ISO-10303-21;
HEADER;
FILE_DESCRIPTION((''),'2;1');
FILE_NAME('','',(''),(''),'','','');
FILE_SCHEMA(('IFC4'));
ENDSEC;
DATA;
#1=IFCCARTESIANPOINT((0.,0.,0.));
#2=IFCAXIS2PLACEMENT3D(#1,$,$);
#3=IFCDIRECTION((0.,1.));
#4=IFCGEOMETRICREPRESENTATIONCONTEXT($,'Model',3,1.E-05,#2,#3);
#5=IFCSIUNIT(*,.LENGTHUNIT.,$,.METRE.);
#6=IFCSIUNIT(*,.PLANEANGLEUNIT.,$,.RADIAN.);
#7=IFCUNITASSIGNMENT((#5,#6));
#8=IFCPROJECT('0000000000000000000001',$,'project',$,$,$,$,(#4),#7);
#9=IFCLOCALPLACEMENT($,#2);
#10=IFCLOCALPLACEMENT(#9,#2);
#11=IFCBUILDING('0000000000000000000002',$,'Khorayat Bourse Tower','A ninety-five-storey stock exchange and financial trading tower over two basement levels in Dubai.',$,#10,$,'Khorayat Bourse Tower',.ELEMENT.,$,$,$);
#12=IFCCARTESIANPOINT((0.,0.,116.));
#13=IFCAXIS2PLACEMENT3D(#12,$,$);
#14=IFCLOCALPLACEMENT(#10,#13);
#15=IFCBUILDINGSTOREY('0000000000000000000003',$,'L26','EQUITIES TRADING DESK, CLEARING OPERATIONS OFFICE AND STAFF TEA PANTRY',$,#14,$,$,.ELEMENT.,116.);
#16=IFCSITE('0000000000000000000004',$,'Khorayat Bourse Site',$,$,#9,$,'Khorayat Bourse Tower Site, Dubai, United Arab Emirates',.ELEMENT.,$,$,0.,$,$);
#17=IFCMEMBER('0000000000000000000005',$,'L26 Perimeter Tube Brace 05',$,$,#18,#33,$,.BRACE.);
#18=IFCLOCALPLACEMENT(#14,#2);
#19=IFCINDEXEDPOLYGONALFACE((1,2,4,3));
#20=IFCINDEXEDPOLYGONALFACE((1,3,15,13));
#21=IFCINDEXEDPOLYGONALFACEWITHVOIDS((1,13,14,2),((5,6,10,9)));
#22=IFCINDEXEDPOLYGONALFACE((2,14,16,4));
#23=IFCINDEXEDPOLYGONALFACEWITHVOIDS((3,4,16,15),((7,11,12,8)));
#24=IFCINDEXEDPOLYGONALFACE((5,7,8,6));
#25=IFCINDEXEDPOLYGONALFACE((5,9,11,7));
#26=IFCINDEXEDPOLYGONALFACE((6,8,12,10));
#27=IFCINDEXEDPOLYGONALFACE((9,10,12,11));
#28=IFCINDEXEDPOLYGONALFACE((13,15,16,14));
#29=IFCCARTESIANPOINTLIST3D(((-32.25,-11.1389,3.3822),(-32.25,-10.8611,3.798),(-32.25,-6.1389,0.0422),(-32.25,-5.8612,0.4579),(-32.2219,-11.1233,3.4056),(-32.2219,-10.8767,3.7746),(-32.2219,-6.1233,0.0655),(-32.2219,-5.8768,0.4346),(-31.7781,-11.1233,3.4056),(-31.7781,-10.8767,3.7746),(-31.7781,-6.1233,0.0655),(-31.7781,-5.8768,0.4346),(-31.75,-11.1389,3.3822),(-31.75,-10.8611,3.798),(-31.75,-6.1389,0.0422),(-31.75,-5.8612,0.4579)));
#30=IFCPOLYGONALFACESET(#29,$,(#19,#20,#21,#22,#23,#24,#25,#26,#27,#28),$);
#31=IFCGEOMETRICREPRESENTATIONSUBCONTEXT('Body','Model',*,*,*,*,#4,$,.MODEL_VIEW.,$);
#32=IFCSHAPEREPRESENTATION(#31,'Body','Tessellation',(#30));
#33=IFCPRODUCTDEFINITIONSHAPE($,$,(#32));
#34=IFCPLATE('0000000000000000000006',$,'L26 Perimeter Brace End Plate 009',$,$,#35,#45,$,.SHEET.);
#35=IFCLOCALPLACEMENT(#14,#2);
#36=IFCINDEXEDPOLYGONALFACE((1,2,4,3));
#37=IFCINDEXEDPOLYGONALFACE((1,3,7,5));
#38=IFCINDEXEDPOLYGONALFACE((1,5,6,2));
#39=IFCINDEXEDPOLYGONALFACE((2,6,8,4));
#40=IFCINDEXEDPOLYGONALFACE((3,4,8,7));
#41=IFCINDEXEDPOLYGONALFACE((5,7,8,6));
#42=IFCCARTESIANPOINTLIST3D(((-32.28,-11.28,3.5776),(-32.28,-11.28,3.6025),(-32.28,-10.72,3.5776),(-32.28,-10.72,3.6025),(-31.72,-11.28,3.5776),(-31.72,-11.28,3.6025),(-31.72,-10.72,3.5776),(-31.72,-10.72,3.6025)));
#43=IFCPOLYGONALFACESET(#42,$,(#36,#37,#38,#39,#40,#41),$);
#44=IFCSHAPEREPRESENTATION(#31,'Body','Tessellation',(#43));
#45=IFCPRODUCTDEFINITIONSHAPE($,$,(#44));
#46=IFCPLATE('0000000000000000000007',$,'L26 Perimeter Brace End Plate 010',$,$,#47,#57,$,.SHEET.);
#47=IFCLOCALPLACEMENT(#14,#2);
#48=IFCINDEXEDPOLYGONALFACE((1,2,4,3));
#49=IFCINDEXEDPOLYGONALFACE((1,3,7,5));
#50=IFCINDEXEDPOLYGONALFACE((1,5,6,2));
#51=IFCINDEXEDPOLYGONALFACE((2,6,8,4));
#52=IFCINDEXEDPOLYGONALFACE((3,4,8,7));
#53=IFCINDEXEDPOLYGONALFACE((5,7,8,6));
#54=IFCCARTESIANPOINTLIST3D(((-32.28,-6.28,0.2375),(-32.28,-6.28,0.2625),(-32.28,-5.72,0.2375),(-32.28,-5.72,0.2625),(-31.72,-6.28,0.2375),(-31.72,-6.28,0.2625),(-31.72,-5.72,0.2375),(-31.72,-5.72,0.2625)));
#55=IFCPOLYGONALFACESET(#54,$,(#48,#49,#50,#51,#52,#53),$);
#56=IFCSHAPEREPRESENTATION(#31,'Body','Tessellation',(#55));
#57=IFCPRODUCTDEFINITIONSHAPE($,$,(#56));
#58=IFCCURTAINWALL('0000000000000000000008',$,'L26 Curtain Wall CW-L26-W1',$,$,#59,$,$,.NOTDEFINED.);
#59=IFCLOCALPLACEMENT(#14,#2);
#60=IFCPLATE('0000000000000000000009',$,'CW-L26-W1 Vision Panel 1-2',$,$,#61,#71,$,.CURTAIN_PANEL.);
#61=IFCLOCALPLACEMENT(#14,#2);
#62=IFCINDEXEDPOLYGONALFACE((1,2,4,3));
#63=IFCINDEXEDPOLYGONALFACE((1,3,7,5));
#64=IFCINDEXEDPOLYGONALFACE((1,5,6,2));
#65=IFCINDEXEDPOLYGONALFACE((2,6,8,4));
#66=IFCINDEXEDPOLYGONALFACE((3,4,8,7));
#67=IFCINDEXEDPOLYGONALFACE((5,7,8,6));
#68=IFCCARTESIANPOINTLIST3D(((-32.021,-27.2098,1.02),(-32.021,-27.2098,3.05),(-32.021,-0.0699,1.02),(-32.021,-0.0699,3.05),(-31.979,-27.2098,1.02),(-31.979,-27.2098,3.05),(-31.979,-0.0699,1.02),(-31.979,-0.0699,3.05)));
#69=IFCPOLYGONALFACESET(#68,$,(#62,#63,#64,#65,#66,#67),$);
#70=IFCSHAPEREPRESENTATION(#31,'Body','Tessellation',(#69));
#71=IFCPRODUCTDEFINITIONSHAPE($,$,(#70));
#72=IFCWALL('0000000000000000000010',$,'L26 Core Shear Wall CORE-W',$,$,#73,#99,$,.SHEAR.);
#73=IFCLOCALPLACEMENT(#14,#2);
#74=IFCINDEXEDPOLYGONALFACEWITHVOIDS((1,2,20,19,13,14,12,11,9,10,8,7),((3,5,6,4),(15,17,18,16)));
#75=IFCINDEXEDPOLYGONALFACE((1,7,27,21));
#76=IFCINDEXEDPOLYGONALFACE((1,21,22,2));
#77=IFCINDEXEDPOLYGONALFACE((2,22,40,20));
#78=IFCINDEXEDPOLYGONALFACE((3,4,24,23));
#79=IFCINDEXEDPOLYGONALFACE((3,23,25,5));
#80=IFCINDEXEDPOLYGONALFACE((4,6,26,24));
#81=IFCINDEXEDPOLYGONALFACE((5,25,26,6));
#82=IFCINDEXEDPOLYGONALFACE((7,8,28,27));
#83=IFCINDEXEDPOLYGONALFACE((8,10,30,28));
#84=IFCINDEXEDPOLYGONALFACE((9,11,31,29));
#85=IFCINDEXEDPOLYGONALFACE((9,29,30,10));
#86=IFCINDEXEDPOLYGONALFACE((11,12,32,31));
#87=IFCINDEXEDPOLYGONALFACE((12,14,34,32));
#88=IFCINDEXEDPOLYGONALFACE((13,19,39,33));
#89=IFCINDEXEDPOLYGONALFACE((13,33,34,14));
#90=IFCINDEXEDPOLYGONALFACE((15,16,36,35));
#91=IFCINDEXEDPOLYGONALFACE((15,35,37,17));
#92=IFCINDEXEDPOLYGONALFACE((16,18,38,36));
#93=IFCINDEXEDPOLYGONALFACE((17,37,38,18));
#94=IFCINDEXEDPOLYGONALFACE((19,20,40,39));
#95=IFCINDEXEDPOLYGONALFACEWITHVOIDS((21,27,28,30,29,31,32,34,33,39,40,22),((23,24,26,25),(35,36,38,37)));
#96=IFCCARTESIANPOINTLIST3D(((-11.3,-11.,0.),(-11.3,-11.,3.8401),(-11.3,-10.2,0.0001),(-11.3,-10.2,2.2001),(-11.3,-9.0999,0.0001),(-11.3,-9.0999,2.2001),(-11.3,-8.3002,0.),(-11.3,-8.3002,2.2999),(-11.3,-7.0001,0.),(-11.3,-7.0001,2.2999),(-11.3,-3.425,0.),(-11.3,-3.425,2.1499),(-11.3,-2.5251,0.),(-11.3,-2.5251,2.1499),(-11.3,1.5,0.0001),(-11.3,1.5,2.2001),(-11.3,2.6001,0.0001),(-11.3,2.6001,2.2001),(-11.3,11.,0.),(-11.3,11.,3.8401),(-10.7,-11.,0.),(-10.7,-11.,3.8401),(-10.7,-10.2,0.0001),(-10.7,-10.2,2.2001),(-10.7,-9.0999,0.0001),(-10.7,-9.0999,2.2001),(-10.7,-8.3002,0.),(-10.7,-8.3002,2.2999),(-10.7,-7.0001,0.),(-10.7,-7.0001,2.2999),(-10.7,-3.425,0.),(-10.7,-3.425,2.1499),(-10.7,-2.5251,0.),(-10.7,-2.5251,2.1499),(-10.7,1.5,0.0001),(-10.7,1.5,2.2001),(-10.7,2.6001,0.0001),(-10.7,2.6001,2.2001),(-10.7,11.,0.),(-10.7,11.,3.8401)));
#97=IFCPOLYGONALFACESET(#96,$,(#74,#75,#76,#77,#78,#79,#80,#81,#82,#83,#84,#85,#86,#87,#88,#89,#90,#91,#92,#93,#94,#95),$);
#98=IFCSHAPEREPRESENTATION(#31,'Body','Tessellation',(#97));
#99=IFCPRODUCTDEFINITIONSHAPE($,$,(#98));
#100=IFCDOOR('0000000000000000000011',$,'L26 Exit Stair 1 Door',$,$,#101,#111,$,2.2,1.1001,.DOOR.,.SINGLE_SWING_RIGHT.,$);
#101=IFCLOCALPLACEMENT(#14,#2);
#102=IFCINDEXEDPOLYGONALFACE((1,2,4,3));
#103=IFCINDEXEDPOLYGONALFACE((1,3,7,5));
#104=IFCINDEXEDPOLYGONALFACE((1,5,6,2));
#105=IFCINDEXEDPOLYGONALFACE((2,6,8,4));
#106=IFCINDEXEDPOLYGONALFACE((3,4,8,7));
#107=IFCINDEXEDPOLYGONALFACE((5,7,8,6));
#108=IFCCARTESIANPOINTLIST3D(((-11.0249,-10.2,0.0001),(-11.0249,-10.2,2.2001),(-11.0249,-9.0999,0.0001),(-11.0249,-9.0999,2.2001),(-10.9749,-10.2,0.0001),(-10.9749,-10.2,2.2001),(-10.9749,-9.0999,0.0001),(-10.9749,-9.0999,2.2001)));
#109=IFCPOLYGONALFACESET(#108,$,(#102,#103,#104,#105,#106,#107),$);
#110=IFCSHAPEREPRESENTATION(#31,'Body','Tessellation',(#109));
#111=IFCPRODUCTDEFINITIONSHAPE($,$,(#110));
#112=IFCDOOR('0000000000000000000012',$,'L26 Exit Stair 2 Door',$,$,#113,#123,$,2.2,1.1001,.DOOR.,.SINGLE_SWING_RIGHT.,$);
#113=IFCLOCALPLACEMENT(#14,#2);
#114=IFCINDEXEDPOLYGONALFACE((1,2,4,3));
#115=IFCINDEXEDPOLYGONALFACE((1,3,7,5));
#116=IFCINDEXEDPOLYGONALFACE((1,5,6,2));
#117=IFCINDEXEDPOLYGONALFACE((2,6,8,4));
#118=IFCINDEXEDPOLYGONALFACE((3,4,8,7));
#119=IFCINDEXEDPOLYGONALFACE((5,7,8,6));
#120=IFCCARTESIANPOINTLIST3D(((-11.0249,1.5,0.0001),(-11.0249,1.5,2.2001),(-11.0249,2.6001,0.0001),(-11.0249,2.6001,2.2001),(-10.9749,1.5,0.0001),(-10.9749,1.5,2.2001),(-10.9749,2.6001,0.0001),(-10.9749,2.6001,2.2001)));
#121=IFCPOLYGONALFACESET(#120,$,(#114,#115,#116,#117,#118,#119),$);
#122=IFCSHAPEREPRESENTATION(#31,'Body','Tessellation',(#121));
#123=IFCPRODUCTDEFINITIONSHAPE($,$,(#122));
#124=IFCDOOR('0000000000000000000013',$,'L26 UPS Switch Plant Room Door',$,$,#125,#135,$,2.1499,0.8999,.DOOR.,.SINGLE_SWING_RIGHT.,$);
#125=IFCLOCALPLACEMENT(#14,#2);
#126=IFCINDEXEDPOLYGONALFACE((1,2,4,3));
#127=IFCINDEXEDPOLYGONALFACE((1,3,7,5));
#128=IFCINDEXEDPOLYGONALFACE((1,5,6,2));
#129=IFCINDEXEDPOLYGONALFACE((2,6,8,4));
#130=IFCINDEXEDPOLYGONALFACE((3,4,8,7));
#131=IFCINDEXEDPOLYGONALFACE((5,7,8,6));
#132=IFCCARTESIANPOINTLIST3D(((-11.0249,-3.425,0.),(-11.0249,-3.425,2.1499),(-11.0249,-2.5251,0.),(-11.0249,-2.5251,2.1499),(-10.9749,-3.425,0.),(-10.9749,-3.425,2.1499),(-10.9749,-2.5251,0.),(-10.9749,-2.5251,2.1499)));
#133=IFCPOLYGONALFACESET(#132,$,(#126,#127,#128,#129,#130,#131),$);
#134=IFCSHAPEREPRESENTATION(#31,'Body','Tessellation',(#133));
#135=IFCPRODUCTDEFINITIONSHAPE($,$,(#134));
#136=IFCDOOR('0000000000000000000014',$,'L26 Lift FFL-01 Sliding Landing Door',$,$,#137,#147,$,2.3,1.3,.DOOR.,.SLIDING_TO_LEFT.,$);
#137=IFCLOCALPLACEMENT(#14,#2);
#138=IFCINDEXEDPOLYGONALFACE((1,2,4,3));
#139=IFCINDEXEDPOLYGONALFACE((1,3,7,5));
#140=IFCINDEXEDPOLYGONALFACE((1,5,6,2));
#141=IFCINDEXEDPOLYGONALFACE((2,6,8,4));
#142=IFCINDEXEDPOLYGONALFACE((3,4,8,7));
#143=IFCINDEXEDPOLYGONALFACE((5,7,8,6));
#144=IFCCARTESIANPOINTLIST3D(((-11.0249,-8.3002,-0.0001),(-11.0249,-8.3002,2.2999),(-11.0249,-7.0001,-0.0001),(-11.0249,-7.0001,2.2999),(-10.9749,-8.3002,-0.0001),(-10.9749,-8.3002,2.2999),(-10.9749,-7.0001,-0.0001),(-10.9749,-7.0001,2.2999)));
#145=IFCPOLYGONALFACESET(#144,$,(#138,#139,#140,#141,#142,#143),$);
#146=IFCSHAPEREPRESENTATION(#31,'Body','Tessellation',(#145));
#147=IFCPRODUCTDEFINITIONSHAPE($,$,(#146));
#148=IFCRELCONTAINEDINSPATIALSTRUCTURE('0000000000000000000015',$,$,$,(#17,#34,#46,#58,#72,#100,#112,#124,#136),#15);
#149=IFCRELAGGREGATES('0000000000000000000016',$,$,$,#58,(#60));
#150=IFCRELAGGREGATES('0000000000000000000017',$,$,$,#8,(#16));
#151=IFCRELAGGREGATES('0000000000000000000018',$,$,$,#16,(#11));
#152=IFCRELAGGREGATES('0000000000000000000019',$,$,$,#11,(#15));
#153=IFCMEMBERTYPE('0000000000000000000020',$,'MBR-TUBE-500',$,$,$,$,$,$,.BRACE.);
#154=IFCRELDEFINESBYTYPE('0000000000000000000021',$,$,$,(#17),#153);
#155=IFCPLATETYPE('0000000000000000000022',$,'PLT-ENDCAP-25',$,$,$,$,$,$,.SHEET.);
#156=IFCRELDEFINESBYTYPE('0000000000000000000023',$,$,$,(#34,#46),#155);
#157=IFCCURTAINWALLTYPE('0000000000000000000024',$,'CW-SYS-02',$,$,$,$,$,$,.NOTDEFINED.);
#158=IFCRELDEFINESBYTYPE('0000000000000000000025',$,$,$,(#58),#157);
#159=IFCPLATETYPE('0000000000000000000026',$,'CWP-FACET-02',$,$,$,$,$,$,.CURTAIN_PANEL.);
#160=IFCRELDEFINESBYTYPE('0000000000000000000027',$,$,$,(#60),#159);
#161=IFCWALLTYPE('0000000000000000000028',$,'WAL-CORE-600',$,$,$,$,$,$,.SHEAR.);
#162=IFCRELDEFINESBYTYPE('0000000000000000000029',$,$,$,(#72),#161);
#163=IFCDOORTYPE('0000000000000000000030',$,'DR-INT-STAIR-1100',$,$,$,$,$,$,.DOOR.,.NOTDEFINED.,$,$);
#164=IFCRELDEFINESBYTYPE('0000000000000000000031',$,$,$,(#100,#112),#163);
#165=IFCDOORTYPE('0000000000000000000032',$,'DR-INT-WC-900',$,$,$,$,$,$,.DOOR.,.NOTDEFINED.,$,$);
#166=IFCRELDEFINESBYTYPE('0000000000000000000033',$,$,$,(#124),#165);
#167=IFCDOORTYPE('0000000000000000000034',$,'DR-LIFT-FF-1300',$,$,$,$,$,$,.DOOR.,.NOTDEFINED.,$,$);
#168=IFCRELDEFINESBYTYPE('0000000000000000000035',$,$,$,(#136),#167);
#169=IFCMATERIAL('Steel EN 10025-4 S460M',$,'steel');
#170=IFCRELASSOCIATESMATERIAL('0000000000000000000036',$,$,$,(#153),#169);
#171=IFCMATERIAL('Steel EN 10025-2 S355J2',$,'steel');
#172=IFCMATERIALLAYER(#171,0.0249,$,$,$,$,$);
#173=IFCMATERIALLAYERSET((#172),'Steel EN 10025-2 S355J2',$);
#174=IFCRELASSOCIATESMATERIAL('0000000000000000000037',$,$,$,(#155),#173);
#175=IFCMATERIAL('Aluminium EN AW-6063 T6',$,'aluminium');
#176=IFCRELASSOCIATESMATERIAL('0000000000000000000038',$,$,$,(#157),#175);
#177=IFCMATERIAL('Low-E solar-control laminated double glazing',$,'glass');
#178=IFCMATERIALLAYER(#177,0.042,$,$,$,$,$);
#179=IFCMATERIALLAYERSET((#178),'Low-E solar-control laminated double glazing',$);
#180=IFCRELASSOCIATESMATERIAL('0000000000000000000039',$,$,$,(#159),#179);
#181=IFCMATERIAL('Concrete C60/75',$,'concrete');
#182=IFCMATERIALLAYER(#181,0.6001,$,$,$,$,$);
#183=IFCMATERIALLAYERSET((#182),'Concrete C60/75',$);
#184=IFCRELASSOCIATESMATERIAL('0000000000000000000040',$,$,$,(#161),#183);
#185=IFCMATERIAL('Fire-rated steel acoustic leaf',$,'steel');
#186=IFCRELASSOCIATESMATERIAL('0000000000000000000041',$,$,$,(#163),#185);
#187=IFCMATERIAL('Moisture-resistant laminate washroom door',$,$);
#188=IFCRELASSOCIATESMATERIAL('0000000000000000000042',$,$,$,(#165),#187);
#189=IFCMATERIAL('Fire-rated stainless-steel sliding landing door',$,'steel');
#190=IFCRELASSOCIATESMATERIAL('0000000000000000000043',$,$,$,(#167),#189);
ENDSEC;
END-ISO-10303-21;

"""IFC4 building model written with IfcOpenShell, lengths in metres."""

from ifc_helpers import new_model, si_unit, direction, frame, frame_2d, origin, origin_2d, place, context, subcontext, project, spatial, rectangle, hollow_rectangle, extrude, source, transform, mapped, material, layer, layer_set, material_profile, profile_set, type_object, element, fill, aggregate, save


model = new_model("IFC4")

# Units and contexts
model_context = context("Model", 3, precision=1e-05, world=origin(), true_north=direction((0.0, 1.0)))
body_context = subcontext(model_context, "Body", "Model", "MODEL_VIEW")
ifc_project = project(units=[si_unit("LENGTHUNIT", "METRE"), si_unit("PLANEANGLEUNIT", "RADIAN")], contexts=[model_context])

# Site, building, storey
site_placement = place(None, origin())
site = spatial("IfcSite", under=ifc_project, at=site_placement, Name="Khorayat Bourse Site", LongName="Khorayat Bourse Tower Site, Dubai, United Arab Emirates", CompositionType="ELEMENT", RefElevation=0.0)
building_placement = place(site_placement, origin())
building = spatial("IfcBuilding", under=site, at=building_placement, Name="Khorayat Bourse Tower", Description="A ninety-five-storey stock exchange and financial trading tower over two basement levels in Dubai.", LongName="Khorayat Bourse Tower", CompositionType="ELEMENT")
storey_placement = place(building_placement, frame((0.0, 0.0, 116.0)))
storey = spatial("IfcBuildingStorey", under=building, at=storey_placement, Name="L26", Description="EQUITIES TRADING DESK, CLEARING OPERATIONS OFFICE AND STAFF TEA PANTRY", CompositionType="ELEMENT", Elevation=116.0)

# Shared definitions
ifc_material_1 = material(Name="Steel EN 10025-4 S460M", Category="steel")

# Member
ifc_material_profile_1 = material_profile(ifc_material_1, hollow_rectangle(XDim=0.5, YDim=0.5, WallThickness=0.0281, at=origin_2d()), Name="HSS 500x500x28")
ifc_profile_set_1 = profile_set([ifc_material_profile_1], Name="Steel EN 10025-4 S460M")
member_type = type_object("IfcMemberType", Name="MBR-TUBE-500", PredefinedType="BRACE", material=ifc_profile_set_1)
shared_shape_1 = source(origin(), body_context, "Body", "SweptSolid", [
    extrude(hollow_rectangle(XDim=0.5, YDim=0.5, WallThickness=0.0281, at=origin_2d()), origin(), (0.0, 0.0, 1.0), 6.0129),
])
member_placement = place(storey_placement, frame((-32.0, -11.0, 3.5901), z_axis=(0.0, 0.831531, -0.555478), x_axis=(-1.0, 0.0, 0.0)))
element("IfcMember", 1, at=member_placement, inside=storey, type_object=member_type, Name="L26 Perimeter Tube Brace 05", PredefinedType="BRACE", context=body_context, shape_type="MappedRepresentation", body=[
    mapped(shared_shape_1, transform((0.0, 0.0, 0.0), scale=1.0)),
])

# Plates
ifc_material_2 = material(Name="Steel EN 10025-2 S355J2", Category="steel")
ifc_layer_1 = layer(ifc_material_2, 0.0249)
ifc_layer_set_1 = layer_set([ifc_layer_1], Name="Steel EN 10025-2 S355J2")
plate_type_1 = type_object("IfcPlateType", Name="PLT-ENDCAP-25", PredefinedType="SHEET", material=ifc_layer_set_1)
shared_shape_2 = source(origin(), body_context, "Body", "SweptSolid", [
    extrude(rectangle(XDim=0.5601, YDim=0.5601, at=origin_2d()), origin(), (0.0, 0.0, 1.0), 0.0249),
])
for number, where, z_axis, x_axis, name in (
    (2, (-32.0, -11.0, 3.5776), (0.0, 0.0, 1.0), (1.0, 0.0, 0.0), "L26 Perimeter Brace End Plate 009"),
    (3, (-32.0, -6.0, 0.2375), (0.0, 0.0, 1.0), (1.0, 0.0, 0.0), "L26 Perimeter Brace End Plate 010"),
):
    element("IfcPlate", number, at=place(storey_placement, frame(where, z_axis=z_axis, x_axis=x_axis)), inside=storey, type_object=plate_type_1, Name=name, PredefinedType="SHEET", context=body_context, shape_type="MappedRepresentation", body=[
        mapped(shared_shape_2, transform((0.0, 0.0, 0.0), scale=1.0)),
    ])

# Curtain wall, plate
ifc_material_3 = material(Name="Aluminium EN AW-6063 T6", Category="aluminium")
curtain_wall_type = type_object("IfcCurtainWallType", Name="CW-SYS-02", PredefinedType="NOTDEFINED", material=ifc_material_3)
curtain_wall_placement = place(storey_placement, origin())
curtain_wall = element("IfcCurtainWall", 4, at=curtain_wall_placement, inside=storey, type_object=curtain_wall_type, Name="L26 Curtain Wall CW-L26-W1", PredefinedType="NOTDEFINED")
ifc_material_4 = material(Name="Low-E solar-control laminated double glazing", Category="glass")
ifc_layer_2 = layer(ifc_material_4, 0.042)
ifc_layer_set_2 = layer_set([ifc_layer_2], Name="Low-E solar-control laminated double glazing")
plate_type_2 = type_object("IfcPlateType", Name="CWP-FACET-02", PredefinedType="CURTAIN_PANEL", material=ifc_layer_set_2)
shared_shape_3 = source(origin(), body_context, "Body", "SweptSolid", [
    extrude(rectangle(XDim=27.1399, YDim=0.042, at=origin_2d()), origin(), (0.0, 0.0, 1.0), 2.03),
])
plate_placement = place(storey_placement, frame((-32.0, -13.6399, 1.02), z_axis=(0.0, 0.0, 1.0), x_axis=(0.0, 1.0, 0.0)))
plate = element("IfcPlate", 5, at=plate_placement, type_object=plate_type_2, Name="CW-L26-W1 Vision Panel 1-2", PredefinedType="CURTAIN_PANEL", context=body_context, shape_type="MappedRepresentation", body=[
    mapped(shared_shape_3, transform((0.0, 0.0, 0.0), scale=1.0)),
])
aggregate(curtain_wall, [plate])

# Wall, openings, doors
ifc_material_5 = material(Name="Concrete C60/75", Category="concrete")
ifc_layer_3 = layer(ifc_material_5, 0.6001)
ifc_layer_set_3 = layer_set([ifc_layer_3], Name="Concrete C60/75")
wall_type_1 = type_object("IfcWallType", Name="WAL-CORE-600", PredefinedType="SHEAR", material=ifc_layer_set_3)
shared_shape_4 = source(origin(), body_context, "Body", "SweptSolid", [
    extrude(rectangle(XDim=22.0, YDim=0.6001, at=frame_2d((11.0, 0.0))), origin(), (0.0, 0.0, 1.0), 3.8401),
])
wall_1_placement = place(storey_placement, frame((-11.0, -11.0, 0.0), z_axis=(0.0, 0.0, 1.0), x_axis=(0.0, 1.0, 0.0)))
wall_1 = element("IfcWall", 6, at=wall_1_placement, inside=storey, type_object=wall_type_1, Name="L26 Core Shear Wall CORE-W", PredefinedType="SHEAR", context=body_context, shape_type="MappedRepresentation", body=[
    mapped(shared_shape_4, transform((0.0, 0.0, 0.0), scale=1.0)),
])
shared_shape_5 = source(origin(), body_context, "Body", "SweptSolid", [
    extrude(rectangle(XDim=1.1001, YDim=2.2, at=frame_2d((0.55, 1.1001))), frame((0.0, 0.3101, 0.0), z_axis=(0.0, -1.0, 0.0), x_axis=(1.0, 0.0, 0.0)), (0.0, 0.0, 1.0), 0.6201),
])
opening_1_placement = place(wall_1_placement, frame((0.8, 0.0, 0.0)))
opening_1 = element("IfcOpeningElement", 7, at=opening_1_placement, cuts=wall_1, PredefinedType="OPENING", context=body_context, shape_type="MappedRepresentation", body=[
    mapped(shared_shape_5, transform((0.0, 0.0, 0.0), scale=1.0)),
])
opening_2_placement = place(wall_1_placement, frame((12.5, 0.0, 0.0)))
opening_2 = element("IfcOpeningElement", 8, at=opening_2_placement, cuts=wall_1, PredefinedType="OPENING", context=body_context, shape_type="MappedRepresentation", body=[
    mapped(shared_shape_5, transform((0.0, 0.0, 0.0), scale=1.0)),
])
shared_shape_6 = source(origin(), body_context, "Body", "SweptSolid", [
    extrude(rectangle(XDim=0.8999, YDim=2.1499, at=frame_2d((0.45, 1.075))), frame((0.0, 0.3101, 0.0), z_axis=(0.0, -1.0, 0.0), x_axis=(1.0, 0.0, 0.0)), (0.0, 0.0, 1.0), 0.6201),
])
opening_3_placement = place(wall_1_placement, frame((7.575, 0.0, 0.0)))
opening_3 = element("IfcOpeningElement", 9, at=opening_3_placement, cuts=wall_1, PredefinedType="OPENING", context=body_context, shape_type="MappedRepresentation", body=[
    mapped(shared_shape_6, transform((0.0, 0.0, 0.0), scale=1.0)),
])
shared_shape_7 = source(origin(), body_context, "Body", "SweptSolid", [
    extrude(rectangle(XDim=1.3, YDim=2.3, at=frame_2d((0.6499, 1.1499))), frame((0.0, 0.3101, 0.0), z_axis=(0.0, -1.0, 0.0), x_axis=(1.0, 0.0, 0.0)), (0.0, 0.0, 1.0), 0.6201),
])
opening_4_placement = place(wall_1_placement, frame((2.7, 0.0, 0.0)))
opening_4 = element("IfcOpeningElement", 10, at=opening_4_placement, cuts=wall_1, PredefinedType="OPENING", context=body_context, shape_type="MappedRepresentation", body=[
    mapped(shared_shape_7, transform((0.0, 0.0, 0.0), scale=1.0)),
])
ifc_material_6 = material(Name="Fire-rated steel acoustic leaf", Category="steel")
door_type_1 = type_object("IfcDoorType", Name="DR-INT-STAIR-1100", OperationType="NOTDEFINED", PredefinedType="DOOR", material=ifc_material_6)
shared_shape_8 = source(origin(), body_context, "Body", "SweptSolid", [
    extrude(rectangle(XDim=1.1001, YDim=2.2, at=frame_2d((0.55, 1.1001))), frame((0.0, 0.0249, 0.0), z_axis=(0.0, -1.0, 0.0), x_axis=(1.0, 0.0, 0.0)), (0.0, 0.0, 1.0), 0.05),
])
door_1_placement = place(opening_1_placement, origin())
door_1 = element("IfcDoor", 11, at=door_1_placement, inside=storey, type_object=door_type_1, Name="L26 Exit Stair 1 Door", OperationType="SINGLE_SWING_RIGHT", OverallHeight=2.2, OverallWidth=1.1001, PredefinedType="DOOR", context=body_context, shape_type="MappedRepresentation", body=[
    mapped(shared_shape_8, transform((0.0, 0.0, 0.0), scale=1.0)),
])
fill(opening_1, door_1)
door_2_placement = place(opening_2_placement, origin())
door_2 = element("IfcDoor", 12, at=door_2_placement, inside=storey, type_object=door_type_1, Name="L26 Exit Stair 2 Door", OperationType="SINGLE_SWING_RIGHT", OverallHeight=2.2, OverallWidth=1.1001, PredefinedType="DOOR", context=body_context, shape_type="MappedRepresentation", body=[
    mapped(shared_shape_8, transform((0.0, 0.0, 0.0), scale=1.0)),
])
fill(opening_2, door_2)
ifc_material_7 = material(Name="Moisture-resistant laminate washroom door")
door_type_2 = type_object("IfcDoorType", Name="DR-INT-WC-900", OperationType="NOTDEFINED", PredefinedType="DOOR", material=ifc_material_7)
shared_shape_9 = source(origin(), body_context, "Body", "SweptSolid", [
    extrude(rectangle(XDim=0.8999, YDim=2.1499, at=frame_2d((0.45, 1.075))), frame((0.0, 0.0249, 0.0), z_axis=(0.0, -1.0, 0.0), x_axis=(1.0, 0.0, 0.0)), (0.0, 0.0, 1.0), 0.05),
])
door_3_placement = place(opening_3_placement, origin())
door_3 = element("IfcDoor", 13, at=door_3_placement, inside=storey, type_object=door_type_2, Name="L26 UPS Switch Plant Room Door", OperationType="SINGLE_SWING_RIGHT", OverallHeight=2.1499, OverallWidth=0.8999, PredefinedType="DOOR", context=body_context, shape_type="MappedRepresentation", body=[
    mapped(shared_shape_9, transform((0.0, 0.0, 0.0), scale=1.0)),
])
fill(opening_3, door_3)
ifc_material_8 = material(Name="Fire-rated stainless-steel sliding landing door", Category="steel")
door_type_3 = type_object("IfcDoorType", Name="DR-LIFT-FF-1300", OperationType="NOTDEFINED", PredefinedType="DOOR", material=ifc_material_8)
shared_shape_10 = source(origin(), body_context, "Body", "SweptSolid", [
    extrude(rectangle(XDim=1.3, YDim=2.3, at=frame_2d((0.6499, 1.1499))), frame((0.0, 0.0249, 0.0), z_axis=(0.0, -1.0, 0.0), x_axis=(1.0, 0.0, 0.0)), (0.0, 0.0, 1.0), 0.05),
])
door_4_placement = place(opening_4_placement, origin())
door_4 = element("IfcDoor", 14, at=door_4_placement, inside=storey, type_object=door_type_3, Name="L26 Lift FFL-01 Sliding Landing Door", OperationType="SLIDING_TO_LEFT", OverallHeight=2.3, OverallWidth=1.3, PredefinedType="DOOR", context=body_context, shape_type="MappedRepresentation", body=[
    mapped(shared_shape_10, transform((0.0, 0.0, 0.0), scale=1.0)),
])
fill(opening_4, door_4)

save(model, "model.ifc")
